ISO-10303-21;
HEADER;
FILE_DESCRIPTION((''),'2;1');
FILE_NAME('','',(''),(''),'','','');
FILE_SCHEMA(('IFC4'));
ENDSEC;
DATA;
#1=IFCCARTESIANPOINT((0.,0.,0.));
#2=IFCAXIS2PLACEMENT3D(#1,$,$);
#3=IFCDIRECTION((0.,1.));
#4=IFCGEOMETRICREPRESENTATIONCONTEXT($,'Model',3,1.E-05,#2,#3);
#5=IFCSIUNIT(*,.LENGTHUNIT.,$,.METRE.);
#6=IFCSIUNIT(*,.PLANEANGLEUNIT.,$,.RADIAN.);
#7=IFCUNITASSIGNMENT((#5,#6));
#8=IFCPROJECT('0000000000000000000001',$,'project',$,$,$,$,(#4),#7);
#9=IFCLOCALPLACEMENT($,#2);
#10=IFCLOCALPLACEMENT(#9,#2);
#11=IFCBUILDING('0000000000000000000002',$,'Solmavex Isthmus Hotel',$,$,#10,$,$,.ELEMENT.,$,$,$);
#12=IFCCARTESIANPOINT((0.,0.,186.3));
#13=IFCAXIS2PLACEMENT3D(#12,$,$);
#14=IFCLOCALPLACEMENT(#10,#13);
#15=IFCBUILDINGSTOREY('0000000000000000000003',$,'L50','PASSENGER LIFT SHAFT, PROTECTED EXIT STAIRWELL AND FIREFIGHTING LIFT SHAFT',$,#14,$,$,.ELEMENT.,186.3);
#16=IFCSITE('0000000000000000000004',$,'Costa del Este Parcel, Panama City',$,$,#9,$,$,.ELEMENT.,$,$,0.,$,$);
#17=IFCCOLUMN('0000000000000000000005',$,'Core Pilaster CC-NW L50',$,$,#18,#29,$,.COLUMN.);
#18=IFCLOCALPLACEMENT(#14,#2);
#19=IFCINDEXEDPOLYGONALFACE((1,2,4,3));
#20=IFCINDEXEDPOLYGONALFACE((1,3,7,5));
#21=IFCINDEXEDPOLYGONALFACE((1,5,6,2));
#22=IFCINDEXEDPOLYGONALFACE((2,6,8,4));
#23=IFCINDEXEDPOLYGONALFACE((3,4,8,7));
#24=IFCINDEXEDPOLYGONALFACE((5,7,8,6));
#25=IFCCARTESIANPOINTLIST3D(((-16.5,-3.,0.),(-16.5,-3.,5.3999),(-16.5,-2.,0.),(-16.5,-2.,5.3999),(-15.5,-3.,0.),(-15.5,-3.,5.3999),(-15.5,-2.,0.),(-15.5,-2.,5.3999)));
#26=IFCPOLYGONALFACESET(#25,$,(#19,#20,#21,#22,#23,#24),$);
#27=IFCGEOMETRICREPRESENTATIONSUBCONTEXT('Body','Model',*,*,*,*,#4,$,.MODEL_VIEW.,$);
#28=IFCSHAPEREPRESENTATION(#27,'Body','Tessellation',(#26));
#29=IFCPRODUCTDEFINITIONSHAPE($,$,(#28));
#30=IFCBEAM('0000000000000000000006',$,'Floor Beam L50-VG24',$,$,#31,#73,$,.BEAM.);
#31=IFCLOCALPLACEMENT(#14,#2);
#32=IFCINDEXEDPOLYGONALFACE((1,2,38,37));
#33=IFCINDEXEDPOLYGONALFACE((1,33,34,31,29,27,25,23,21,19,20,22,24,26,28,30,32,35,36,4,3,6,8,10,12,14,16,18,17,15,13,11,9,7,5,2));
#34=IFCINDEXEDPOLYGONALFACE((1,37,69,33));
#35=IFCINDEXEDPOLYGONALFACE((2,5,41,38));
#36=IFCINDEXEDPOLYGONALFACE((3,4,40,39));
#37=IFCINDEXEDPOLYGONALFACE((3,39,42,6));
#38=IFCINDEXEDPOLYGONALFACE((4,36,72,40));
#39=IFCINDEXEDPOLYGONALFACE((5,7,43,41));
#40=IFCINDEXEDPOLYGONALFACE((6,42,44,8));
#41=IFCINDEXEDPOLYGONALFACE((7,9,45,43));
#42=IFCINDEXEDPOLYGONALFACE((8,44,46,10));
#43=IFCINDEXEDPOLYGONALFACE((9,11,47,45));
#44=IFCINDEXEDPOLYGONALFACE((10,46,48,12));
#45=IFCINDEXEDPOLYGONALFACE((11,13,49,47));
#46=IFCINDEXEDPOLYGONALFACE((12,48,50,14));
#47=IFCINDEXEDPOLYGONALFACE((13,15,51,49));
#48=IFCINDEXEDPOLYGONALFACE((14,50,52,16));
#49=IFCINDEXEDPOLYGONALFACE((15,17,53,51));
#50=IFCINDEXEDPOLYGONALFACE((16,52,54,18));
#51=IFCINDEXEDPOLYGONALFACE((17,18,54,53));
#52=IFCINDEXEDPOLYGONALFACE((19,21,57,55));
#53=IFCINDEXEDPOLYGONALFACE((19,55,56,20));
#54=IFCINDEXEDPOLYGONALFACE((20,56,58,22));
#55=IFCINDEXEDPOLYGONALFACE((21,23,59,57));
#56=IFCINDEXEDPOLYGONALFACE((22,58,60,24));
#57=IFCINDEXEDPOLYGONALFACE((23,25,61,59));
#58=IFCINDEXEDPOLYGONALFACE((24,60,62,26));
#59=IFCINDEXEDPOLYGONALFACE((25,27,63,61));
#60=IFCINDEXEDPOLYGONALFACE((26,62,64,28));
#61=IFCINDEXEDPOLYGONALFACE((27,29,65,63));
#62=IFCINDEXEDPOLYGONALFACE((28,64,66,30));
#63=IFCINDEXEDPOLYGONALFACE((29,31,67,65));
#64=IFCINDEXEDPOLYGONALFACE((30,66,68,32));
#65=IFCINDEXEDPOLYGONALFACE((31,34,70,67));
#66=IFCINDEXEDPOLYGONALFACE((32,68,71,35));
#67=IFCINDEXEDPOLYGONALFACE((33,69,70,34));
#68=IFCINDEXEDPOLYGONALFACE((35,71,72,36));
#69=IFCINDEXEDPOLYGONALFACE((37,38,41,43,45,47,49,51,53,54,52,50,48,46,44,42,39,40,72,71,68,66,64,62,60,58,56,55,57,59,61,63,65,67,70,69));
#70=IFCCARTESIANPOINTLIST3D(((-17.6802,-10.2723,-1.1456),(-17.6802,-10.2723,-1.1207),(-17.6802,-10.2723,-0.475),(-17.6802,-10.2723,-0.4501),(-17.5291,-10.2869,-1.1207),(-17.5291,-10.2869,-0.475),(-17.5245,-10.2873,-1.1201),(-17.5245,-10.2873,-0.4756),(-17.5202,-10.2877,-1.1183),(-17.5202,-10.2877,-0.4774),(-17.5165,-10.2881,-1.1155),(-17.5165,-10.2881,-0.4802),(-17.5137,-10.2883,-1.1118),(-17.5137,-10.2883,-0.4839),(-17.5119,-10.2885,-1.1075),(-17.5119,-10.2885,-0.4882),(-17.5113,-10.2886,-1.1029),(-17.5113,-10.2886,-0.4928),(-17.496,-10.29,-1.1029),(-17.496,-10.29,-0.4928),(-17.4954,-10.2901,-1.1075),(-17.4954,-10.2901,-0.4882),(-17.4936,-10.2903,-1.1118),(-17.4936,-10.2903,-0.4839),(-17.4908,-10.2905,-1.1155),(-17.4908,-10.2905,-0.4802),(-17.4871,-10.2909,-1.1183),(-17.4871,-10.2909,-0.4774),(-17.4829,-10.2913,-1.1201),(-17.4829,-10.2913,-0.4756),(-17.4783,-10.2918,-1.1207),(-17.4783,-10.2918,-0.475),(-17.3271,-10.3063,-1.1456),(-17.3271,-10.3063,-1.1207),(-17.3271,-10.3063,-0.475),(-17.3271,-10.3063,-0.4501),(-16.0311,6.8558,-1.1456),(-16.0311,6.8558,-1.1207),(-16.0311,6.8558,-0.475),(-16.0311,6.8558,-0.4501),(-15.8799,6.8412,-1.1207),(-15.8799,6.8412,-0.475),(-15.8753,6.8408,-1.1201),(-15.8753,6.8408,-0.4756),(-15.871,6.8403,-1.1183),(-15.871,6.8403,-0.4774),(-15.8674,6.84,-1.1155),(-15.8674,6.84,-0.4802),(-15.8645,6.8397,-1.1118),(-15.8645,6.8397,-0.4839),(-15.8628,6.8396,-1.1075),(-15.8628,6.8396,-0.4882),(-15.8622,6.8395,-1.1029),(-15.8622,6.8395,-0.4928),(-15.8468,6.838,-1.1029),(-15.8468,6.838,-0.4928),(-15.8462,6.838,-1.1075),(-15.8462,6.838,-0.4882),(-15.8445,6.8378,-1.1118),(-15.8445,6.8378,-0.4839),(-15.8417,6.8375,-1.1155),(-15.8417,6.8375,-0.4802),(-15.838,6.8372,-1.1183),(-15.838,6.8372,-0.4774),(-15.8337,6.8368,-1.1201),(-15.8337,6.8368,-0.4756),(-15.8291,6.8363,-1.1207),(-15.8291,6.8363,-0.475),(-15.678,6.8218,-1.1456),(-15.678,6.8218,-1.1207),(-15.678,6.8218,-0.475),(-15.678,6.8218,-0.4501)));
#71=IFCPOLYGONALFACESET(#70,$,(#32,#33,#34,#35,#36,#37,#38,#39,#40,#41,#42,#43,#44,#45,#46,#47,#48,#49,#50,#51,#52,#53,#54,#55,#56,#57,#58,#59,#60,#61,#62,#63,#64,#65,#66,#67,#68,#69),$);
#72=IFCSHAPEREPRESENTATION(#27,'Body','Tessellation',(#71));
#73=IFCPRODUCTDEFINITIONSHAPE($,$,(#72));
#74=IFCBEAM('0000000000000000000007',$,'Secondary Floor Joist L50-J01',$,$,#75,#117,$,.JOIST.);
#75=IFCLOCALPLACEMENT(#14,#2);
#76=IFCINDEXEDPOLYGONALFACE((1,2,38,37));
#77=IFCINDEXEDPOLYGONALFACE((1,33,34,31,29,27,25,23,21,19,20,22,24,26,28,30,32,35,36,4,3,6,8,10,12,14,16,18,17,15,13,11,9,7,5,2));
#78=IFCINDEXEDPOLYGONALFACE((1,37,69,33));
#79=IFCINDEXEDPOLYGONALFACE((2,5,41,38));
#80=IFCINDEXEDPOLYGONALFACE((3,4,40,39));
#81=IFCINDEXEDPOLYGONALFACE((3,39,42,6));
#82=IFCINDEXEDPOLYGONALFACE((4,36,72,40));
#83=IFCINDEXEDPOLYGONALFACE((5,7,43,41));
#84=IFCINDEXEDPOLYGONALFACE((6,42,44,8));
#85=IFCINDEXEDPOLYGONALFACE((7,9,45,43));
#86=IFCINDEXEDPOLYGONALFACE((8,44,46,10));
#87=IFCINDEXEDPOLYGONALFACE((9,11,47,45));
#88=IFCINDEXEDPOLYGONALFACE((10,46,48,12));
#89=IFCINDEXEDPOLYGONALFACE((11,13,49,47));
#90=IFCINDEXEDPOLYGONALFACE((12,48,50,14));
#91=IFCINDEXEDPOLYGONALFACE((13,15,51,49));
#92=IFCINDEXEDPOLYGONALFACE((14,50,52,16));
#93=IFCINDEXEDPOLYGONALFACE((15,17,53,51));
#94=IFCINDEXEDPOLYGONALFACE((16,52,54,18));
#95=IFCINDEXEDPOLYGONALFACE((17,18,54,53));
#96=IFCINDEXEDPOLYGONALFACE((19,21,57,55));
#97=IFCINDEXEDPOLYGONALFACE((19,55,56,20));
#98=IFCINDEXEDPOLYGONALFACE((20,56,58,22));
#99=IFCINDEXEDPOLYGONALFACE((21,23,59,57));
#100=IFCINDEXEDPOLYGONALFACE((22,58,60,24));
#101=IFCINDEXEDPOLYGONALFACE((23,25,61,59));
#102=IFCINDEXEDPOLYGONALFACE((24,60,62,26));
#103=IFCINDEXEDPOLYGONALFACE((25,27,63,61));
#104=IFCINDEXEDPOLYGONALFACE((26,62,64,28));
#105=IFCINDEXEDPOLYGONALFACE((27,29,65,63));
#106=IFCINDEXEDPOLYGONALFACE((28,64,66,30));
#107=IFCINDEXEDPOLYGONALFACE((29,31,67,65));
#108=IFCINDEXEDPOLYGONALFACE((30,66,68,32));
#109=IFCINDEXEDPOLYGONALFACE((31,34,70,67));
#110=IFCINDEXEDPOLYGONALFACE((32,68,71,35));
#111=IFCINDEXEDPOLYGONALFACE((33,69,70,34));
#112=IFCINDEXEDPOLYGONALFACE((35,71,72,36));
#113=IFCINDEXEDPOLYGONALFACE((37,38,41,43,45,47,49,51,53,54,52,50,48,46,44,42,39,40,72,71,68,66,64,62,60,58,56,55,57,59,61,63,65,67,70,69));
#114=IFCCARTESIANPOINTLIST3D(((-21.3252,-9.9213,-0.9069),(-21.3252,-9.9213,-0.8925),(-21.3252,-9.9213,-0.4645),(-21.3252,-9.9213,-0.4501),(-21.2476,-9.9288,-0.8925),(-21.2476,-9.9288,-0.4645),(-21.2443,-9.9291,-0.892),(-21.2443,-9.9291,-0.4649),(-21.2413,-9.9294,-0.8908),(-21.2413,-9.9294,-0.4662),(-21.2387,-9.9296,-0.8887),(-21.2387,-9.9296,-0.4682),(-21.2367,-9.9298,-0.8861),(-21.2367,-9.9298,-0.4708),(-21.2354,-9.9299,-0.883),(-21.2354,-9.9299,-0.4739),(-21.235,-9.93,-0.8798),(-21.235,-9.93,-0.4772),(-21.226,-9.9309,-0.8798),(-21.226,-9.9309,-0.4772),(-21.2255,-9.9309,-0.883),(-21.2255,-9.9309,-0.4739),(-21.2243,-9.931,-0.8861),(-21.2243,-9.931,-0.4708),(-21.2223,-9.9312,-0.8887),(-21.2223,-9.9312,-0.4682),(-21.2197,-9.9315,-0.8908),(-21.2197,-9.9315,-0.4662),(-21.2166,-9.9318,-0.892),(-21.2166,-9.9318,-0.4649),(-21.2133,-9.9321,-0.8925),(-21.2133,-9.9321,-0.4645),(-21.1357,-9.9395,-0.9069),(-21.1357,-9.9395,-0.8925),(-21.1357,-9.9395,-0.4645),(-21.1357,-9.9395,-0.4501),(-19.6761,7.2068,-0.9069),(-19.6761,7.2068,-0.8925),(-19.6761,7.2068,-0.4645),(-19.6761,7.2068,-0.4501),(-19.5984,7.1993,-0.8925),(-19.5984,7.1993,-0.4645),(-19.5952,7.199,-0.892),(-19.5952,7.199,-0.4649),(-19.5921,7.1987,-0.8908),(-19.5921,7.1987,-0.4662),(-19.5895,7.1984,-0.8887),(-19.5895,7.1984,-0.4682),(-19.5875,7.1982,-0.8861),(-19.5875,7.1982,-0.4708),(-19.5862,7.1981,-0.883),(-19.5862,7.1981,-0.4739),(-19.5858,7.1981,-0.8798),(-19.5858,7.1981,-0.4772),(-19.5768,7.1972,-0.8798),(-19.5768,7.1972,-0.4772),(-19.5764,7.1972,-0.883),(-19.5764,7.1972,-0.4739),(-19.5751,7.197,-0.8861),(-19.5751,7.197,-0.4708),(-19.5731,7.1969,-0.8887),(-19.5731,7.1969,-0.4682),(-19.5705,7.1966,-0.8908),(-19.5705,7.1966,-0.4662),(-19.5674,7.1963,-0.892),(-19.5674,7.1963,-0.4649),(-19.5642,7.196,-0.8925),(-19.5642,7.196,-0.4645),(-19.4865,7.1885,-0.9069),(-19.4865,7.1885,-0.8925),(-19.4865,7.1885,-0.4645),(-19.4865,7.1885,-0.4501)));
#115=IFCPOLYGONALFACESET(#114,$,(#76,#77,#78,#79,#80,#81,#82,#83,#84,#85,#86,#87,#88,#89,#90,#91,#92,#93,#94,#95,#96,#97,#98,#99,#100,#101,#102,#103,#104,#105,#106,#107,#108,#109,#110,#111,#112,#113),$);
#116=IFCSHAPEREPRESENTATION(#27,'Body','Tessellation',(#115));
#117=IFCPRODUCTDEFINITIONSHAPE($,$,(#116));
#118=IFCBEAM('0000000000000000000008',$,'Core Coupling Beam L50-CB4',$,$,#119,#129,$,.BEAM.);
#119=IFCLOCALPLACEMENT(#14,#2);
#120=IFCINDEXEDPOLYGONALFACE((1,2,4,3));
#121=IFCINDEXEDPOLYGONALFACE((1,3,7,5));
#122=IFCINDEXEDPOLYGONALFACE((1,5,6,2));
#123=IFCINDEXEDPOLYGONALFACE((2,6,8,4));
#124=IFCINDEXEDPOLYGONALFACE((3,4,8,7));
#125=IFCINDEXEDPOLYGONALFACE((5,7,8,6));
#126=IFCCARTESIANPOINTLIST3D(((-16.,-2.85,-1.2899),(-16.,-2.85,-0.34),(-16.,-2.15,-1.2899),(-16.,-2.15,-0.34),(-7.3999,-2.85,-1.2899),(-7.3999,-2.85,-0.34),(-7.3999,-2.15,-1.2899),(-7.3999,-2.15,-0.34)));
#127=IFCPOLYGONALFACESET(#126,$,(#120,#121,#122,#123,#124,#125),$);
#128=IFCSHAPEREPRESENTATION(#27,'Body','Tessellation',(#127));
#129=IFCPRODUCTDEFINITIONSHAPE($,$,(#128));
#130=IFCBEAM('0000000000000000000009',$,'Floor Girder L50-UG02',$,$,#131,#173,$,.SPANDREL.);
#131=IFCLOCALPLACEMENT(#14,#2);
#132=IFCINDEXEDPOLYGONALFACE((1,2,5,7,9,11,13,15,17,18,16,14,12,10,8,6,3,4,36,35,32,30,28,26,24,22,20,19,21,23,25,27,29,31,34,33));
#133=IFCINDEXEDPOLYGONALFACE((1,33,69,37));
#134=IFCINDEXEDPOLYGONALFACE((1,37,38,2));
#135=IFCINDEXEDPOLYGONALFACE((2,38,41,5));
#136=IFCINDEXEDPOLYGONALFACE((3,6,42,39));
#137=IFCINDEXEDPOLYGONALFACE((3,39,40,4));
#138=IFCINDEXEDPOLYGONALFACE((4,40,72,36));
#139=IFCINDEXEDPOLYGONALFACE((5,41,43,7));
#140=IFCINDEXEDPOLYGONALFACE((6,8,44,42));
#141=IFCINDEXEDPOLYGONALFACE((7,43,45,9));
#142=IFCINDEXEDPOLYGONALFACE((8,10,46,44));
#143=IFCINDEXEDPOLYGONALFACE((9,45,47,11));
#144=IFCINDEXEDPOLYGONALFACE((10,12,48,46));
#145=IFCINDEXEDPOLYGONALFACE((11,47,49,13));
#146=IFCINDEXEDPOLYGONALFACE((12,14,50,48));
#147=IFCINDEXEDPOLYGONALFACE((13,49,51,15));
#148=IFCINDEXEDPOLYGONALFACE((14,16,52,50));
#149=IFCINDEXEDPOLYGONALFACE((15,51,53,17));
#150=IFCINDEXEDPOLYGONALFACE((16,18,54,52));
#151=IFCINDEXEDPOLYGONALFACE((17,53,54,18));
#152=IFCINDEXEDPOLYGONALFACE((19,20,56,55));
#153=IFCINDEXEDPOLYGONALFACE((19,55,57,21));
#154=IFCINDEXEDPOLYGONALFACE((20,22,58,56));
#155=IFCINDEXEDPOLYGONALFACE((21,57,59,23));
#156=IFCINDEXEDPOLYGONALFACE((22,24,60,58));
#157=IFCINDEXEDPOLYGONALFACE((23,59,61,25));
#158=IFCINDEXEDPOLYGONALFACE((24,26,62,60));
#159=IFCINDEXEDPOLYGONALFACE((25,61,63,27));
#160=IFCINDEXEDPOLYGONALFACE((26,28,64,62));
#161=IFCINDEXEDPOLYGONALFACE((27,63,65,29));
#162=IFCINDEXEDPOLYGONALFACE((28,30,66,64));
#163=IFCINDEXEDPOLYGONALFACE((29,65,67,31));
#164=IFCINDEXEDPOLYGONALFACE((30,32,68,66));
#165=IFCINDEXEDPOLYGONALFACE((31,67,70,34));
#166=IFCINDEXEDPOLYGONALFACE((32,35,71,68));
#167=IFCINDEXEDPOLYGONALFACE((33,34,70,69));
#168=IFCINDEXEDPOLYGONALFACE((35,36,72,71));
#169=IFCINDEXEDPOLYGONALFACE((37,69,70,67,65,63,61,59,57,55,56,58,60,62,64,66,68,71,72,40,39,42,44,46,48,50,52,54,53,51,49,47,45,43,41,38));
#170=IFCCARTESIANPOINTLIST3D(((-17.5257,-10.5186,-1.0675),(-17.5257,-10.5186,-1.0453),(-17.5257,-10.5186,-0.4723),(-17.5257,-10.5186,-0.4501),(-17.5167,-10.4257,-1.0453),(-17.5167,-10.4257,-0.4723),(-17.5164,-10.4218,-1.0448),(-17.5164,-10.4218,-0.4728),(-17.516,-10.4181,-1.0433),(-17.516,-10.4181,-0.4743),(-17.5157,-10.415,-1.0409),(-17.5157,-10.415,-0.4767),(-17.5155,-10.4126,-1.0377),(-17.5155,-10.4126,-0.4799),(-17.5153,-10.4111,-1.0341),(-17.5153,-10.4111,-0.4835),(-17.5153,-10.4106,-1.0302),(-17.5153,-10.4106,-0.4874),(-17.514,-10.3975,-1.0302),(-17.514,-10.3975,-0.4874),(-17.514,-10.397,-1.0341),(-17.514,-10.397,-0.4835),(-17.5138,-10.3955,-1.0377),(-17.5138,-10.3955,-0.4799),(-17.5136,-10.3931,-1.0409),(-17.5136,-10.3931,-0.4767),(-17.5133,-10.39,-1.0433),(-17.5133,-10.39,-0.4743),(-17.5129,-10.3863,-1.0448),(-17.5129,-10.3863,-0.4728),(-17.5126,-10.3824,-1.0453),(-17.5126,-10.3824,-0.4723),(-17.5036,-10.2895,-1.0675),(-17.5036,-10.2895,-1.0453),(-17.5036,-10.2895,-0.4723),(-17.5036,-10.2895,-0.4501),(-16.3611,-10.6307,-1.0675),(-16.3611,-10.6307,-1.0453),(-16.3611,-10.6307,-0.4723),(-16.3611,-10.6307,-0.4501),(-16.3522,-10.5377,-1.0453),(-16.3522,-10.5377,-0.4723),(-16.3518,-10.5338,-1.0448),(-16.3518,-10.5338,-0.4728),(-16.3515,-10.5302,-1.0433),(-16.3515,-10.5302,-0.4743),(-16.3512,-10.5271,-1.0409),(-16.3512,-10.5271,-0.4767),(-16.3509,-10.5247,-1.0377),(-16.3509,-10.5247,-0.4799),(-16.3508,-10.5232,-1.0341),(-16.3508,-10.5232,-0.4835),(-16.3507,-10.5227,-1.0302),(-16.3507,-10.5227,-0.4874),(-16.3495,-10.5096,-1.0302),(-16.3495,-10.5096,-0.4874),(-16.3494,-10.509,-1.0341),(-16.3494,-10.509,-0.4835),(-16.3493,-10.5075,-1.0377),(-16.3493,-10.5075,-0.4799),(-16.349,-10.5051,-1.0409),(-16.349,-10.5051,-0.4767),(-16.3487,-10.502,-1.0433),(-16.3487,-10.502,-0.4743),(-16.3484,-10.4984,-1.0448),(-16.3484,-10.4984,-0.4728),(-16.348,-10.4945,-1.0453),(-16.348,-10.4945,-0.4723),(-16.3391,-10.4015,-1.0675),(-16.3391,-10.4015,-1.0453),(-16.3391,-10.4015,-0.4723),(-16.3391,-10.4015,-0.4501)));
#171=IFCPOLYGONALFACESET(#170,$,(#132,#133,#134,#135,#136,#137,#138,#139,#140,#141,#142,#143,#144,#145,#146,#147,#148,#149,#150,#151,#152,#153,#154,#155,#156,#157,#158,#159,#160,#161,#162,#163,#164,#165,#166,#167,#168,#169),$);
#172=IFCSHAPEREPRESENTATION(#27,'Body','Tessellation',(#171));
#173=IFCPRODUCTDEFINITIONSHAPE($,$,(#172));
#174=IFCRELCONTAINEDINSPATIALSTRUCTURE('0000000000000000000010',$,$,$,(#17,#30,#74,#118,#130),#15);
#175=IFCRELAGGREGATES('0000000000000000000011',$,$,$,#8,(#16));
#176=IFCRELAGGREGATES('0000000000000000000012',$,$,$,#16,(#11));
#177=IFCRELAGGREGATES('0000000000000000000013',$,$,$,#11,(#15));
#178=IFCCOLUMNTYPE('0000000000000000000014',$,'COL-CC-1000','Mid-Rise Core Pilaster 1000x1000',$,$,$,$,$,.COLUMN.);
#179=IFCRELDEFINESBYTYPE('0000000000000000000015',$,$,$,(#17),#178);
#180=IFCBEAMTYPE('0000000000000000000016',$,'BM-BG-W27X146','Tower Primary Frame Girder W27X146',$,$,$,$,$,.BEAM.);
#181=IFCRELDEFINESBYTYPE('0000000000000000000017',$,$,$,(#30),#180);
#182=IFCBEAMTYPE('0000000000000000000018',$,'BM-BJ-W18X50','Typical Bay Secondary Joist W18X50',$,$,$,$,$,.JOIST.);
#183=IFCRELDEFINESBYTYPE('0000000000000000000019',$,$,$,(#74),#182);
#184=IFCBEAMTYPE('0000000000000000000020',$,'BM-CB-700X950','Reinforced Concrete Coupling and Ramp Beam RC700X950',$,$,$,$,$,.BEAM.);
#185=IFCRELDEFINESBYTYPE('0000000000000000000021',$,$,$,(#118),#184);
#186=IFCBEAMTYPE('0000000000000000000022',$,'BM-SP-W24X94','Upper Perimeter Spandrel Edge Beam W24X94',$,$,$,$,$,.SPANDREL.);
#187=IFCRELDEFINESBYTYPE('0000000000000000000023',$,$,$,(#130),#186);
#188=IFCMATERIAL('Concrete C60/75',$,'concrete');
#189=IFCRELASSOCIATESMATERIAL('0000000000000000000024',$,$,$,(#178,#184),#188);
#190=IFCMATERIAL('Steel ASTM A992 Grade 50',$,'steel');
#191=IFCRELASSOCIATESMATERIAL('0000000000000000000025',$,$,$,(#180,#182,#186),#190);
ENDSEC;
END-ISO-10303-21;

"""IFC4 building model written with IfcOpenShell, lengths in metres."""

from ifc_helpers import new_model, si_unit, direction, frame, origin, origin_2d, place, context, subcontext, project, spatial, rectangle, i_section, extrude, material, material_profile, profile_set, type_object, element, save


model = new_model("IFC4")

# Units and contexts
model_context = context("Model", 3, precision=1e-05, world=origin(), true_north=direction((0.0, 1.0)))
body_context = subcontext(model_context, "Body", "Model", "MODEL_VIEW")
ifc_project = project(units=[si_unit("LENGTHUNIT", "METRE"), si_unit("PLANEANGLEUNIT", "RADIAN")], contexts=[model_context])

# Site, building, storey
site_placement = place(None, origin())
site = spatial("IfcSite", under=ifc_project, at=site_placement, Name="Costa del Este Parcel, Panama City", CompositionType="ELEMENT", RefElevation=0.0)
building_placement = place(site_placement, origin())
building = spatial("IfcBuilding", under=site, at=building_placement, Name="Solmavex Isthmus Hotel", CompositionType="ELEMENT")
storey_placement = place(building_placement, frame((0.0, 0.0, 186.3)))
storey = spatial("IfcBuildingStorey", under=building, at=storey_placement, Name="L50", Description="PASSENGER LIFT SHAFT, PROTECTED EXIT STAIRWELL AND FIREFIGHTING LIFT SHAFT", CompositionType="ELEMENT", Elevation=186.3)

# Column
ifc_material_1 = material(Name="Concrete C60/75", Category="concrete")
ifc_material_profile_1 = material_profile(ifc_material_1, rectangle(XDim=1.0, YDim=1.0, at=origin_2d()), Name="RC1000X1000")
ifc_profile_set_1 = profile_set([ifc_material_profile_1], Name="Concrete C60/75")
column_type = type_object("IfcColumnType", Name="COL-CC-1000", Description="Mid-Rise Core Pilaster 1000x1000", PredefinedType="COLUMN", material=ifc_profile_set_1)
column_placement = place(storey_placement, frame((-16.0, -2.5, 0.0), z_axis=(0.0, 0.0, 1.0), x_axis=(1.0, 0.0, 0.0)))
element("IfcColumn", 1, at=column_placement, inside=storey, type_object=column_type, Name="Core Pilaster CC-NW L50", PredefinedType="COLUMN", context=body_context, shape_type="SweptSolid", body=[
    extrude(rectangle(XDim=1.0, YDim=1.0, at=origin_2d()), origin(), (0.0, 0.0, 1.0), 5.3999),
])

# Beams
ifc_material_2 = material(Name="Steel ASTM A992 Grade 50", Category="steel")
ifc_material_profile_2 = material_profile(ifc_material_2, i_section(OverallWidth=0.3547, OverallDepth=0.6956, WebThickness=0.0154, FlangeThickness=0.0249, FilletRadius=0.0178, at=origin_2d()), Name="W27X146")
ifc_profile_set_2 = profile_set([ifc_material_profile_2], Name="Steel ASTM A992 Grade 50")
beam_type_1 = type_object("IfcBeamType", Name="BM-BG-W27X146", Description="Tower Primary Frame Girder W27X146", PredefinedType="BEAM", material=ifc_profile_set_2)
beam_1_placement = place(storey_placement, frame((-17.5037, -10.2893, -0.7979), z_axis=(0.095841, 0.995397, 0.0), x_axis=(-0.995397, 0.095841, 0.0)))
element("IfcBeam", 2, at=beam_1_placement, inside=storey, type_object=beam_type_1, Name="Floor Beam L50-VG24", PredefinedType="BEAM", context=body_context, shape_type="SweptSolid", body=[
    extrude(i_section(OverallWidth=0.3547, OverallDepth=0.6956, WebThickness=0.0154, FlangeThickness=0.0249, FilletRadius=0.0178, at=origin_2d()), origin(), (0.0, 0.0, 1.0), 17.2073),
])
ifc_material_profile_3 = material_profile(ifc_material_2, i_section(OverallWidth=0.1904, OverallDepth=0.4568, WebThickness=0.009, FlangeThickness=0.0144, FilletRadius=0.0127, at=origin_2d()), Name="W18X50")
ifc_profile_set_3 = profile_set([ifc_material_profile_3], Name="Steel ASTM A992 Grade 50")
beam_type_2 = type_object("IfcBeamType", Name="BM-BJ-W18X50", Description="Typical Bay Secondary Joist W18X50", PredefinedType="JOIST", material=ifc_profile_set_3)
beam_2_placement = place(storey_placement, frame((-21.2305, -9.9304, -0.6785), z_axis=(0.095841, 0.995397, 0.0), x_axis=(-0.995397, 0.095841, 0.0)))
element("IfcBeam", 3, at=beam_2_placement, inside=storey, type_object=beam_type_2, Name="Secondary Floor Joist L50-J01", PredefinedType="JOIST", context=body_context, shape_type="SweptSolid", body=[
    extrude(i_section(OverallWidth=0.1904, OverallDepth=0.4568, WebThickness=0.009, FlangeThickness=0.0144, FilletRadius=0.0127, at=origin_2d()), origin(), (0.0, 0.0, 1.0), 17.2073),
])
ifc_material_profile_4 = material_profile(ifc_material_1, rectangle(XDim=0.7, YDim=0.95, at=origin_2d()), Name="RC700X950")
ifc_profile_set_4 = profile_set([ifc_material_profile_4], Name="Concrete C60/75")
beam_type_3 = type_object("IfcBeamType", Name="BM-CB-700X950", Description="Reinforced Concrete Coupling and Ramp Beam RC700X950", PredefinedType="BEAM", material=ifc_profile_set_4)
beam_3_placement = place(storey_placement, frame((-16.0, -2.5, -0.8149), z_axis=(1.0, 0.0, 0.0), x_axis=(0.0, 1.0, 0.0)))
element("IfcBeam", 4, at=beam_3_placement, inside=storey, type_object=beam_type_3, Name="Core Coupling Beam L50-CB4", PredefinedType="BEAM", context=body_context, shape_type="SweptSolid", body=[
    extrude(rectangle(XDim=0.7, YDim=0.95, at=origin_2d()), origin(), (0.0, 0.0, 1.0), 8.6001),
])
ifc_material_profile_5 = material_profile(ifc_material_2, i_section(OverallWidth=0.2302, OverallDepth=0.6174, WebThickness=0.0132, FlangeThickness=0.0222, FilletRadius=0.0151, at=origin_2d()), Name="W24X94")
ifc_profile_set_5 = profile_set([ifc_material_profile_5], Name="Steel ASTM A992 Grade 50")
beam_type_4 = type_object("IfcBeamType", Name="BM-SP-W24X94", Description="Upper Perimeter Spandrel Edge Beam W24X94", PredefinedType="SPANDREL", material=ifc_profile_set_5)
beam_4_placement = place(storey_placement, frame((-17.5146, -10.4041, -0.7588), z_axis=(0.995402, -0.095784, 0.0), x_axis=(0.095784, 0.995402, 0.0)))
element("IfcBeam", 5, at=beam_4_placement, inside=storey, type_object=beam_type_4, Name="Floor Girder L50-UG02", PredefinedType="SPANDREL", context=body_context, shape_type="SweptSolid", body=[
    extrude(i_section(OverallWidth=0.2302, OverallDepth=0.6174, WebThickness=0.0132, FlangeThickness=0.0222, FilletRadius=0.0151, at=origin_2d()), origin(), (0.0, 0.0, 1.0), 1.1699),
])

save(model, "model.ifc")
